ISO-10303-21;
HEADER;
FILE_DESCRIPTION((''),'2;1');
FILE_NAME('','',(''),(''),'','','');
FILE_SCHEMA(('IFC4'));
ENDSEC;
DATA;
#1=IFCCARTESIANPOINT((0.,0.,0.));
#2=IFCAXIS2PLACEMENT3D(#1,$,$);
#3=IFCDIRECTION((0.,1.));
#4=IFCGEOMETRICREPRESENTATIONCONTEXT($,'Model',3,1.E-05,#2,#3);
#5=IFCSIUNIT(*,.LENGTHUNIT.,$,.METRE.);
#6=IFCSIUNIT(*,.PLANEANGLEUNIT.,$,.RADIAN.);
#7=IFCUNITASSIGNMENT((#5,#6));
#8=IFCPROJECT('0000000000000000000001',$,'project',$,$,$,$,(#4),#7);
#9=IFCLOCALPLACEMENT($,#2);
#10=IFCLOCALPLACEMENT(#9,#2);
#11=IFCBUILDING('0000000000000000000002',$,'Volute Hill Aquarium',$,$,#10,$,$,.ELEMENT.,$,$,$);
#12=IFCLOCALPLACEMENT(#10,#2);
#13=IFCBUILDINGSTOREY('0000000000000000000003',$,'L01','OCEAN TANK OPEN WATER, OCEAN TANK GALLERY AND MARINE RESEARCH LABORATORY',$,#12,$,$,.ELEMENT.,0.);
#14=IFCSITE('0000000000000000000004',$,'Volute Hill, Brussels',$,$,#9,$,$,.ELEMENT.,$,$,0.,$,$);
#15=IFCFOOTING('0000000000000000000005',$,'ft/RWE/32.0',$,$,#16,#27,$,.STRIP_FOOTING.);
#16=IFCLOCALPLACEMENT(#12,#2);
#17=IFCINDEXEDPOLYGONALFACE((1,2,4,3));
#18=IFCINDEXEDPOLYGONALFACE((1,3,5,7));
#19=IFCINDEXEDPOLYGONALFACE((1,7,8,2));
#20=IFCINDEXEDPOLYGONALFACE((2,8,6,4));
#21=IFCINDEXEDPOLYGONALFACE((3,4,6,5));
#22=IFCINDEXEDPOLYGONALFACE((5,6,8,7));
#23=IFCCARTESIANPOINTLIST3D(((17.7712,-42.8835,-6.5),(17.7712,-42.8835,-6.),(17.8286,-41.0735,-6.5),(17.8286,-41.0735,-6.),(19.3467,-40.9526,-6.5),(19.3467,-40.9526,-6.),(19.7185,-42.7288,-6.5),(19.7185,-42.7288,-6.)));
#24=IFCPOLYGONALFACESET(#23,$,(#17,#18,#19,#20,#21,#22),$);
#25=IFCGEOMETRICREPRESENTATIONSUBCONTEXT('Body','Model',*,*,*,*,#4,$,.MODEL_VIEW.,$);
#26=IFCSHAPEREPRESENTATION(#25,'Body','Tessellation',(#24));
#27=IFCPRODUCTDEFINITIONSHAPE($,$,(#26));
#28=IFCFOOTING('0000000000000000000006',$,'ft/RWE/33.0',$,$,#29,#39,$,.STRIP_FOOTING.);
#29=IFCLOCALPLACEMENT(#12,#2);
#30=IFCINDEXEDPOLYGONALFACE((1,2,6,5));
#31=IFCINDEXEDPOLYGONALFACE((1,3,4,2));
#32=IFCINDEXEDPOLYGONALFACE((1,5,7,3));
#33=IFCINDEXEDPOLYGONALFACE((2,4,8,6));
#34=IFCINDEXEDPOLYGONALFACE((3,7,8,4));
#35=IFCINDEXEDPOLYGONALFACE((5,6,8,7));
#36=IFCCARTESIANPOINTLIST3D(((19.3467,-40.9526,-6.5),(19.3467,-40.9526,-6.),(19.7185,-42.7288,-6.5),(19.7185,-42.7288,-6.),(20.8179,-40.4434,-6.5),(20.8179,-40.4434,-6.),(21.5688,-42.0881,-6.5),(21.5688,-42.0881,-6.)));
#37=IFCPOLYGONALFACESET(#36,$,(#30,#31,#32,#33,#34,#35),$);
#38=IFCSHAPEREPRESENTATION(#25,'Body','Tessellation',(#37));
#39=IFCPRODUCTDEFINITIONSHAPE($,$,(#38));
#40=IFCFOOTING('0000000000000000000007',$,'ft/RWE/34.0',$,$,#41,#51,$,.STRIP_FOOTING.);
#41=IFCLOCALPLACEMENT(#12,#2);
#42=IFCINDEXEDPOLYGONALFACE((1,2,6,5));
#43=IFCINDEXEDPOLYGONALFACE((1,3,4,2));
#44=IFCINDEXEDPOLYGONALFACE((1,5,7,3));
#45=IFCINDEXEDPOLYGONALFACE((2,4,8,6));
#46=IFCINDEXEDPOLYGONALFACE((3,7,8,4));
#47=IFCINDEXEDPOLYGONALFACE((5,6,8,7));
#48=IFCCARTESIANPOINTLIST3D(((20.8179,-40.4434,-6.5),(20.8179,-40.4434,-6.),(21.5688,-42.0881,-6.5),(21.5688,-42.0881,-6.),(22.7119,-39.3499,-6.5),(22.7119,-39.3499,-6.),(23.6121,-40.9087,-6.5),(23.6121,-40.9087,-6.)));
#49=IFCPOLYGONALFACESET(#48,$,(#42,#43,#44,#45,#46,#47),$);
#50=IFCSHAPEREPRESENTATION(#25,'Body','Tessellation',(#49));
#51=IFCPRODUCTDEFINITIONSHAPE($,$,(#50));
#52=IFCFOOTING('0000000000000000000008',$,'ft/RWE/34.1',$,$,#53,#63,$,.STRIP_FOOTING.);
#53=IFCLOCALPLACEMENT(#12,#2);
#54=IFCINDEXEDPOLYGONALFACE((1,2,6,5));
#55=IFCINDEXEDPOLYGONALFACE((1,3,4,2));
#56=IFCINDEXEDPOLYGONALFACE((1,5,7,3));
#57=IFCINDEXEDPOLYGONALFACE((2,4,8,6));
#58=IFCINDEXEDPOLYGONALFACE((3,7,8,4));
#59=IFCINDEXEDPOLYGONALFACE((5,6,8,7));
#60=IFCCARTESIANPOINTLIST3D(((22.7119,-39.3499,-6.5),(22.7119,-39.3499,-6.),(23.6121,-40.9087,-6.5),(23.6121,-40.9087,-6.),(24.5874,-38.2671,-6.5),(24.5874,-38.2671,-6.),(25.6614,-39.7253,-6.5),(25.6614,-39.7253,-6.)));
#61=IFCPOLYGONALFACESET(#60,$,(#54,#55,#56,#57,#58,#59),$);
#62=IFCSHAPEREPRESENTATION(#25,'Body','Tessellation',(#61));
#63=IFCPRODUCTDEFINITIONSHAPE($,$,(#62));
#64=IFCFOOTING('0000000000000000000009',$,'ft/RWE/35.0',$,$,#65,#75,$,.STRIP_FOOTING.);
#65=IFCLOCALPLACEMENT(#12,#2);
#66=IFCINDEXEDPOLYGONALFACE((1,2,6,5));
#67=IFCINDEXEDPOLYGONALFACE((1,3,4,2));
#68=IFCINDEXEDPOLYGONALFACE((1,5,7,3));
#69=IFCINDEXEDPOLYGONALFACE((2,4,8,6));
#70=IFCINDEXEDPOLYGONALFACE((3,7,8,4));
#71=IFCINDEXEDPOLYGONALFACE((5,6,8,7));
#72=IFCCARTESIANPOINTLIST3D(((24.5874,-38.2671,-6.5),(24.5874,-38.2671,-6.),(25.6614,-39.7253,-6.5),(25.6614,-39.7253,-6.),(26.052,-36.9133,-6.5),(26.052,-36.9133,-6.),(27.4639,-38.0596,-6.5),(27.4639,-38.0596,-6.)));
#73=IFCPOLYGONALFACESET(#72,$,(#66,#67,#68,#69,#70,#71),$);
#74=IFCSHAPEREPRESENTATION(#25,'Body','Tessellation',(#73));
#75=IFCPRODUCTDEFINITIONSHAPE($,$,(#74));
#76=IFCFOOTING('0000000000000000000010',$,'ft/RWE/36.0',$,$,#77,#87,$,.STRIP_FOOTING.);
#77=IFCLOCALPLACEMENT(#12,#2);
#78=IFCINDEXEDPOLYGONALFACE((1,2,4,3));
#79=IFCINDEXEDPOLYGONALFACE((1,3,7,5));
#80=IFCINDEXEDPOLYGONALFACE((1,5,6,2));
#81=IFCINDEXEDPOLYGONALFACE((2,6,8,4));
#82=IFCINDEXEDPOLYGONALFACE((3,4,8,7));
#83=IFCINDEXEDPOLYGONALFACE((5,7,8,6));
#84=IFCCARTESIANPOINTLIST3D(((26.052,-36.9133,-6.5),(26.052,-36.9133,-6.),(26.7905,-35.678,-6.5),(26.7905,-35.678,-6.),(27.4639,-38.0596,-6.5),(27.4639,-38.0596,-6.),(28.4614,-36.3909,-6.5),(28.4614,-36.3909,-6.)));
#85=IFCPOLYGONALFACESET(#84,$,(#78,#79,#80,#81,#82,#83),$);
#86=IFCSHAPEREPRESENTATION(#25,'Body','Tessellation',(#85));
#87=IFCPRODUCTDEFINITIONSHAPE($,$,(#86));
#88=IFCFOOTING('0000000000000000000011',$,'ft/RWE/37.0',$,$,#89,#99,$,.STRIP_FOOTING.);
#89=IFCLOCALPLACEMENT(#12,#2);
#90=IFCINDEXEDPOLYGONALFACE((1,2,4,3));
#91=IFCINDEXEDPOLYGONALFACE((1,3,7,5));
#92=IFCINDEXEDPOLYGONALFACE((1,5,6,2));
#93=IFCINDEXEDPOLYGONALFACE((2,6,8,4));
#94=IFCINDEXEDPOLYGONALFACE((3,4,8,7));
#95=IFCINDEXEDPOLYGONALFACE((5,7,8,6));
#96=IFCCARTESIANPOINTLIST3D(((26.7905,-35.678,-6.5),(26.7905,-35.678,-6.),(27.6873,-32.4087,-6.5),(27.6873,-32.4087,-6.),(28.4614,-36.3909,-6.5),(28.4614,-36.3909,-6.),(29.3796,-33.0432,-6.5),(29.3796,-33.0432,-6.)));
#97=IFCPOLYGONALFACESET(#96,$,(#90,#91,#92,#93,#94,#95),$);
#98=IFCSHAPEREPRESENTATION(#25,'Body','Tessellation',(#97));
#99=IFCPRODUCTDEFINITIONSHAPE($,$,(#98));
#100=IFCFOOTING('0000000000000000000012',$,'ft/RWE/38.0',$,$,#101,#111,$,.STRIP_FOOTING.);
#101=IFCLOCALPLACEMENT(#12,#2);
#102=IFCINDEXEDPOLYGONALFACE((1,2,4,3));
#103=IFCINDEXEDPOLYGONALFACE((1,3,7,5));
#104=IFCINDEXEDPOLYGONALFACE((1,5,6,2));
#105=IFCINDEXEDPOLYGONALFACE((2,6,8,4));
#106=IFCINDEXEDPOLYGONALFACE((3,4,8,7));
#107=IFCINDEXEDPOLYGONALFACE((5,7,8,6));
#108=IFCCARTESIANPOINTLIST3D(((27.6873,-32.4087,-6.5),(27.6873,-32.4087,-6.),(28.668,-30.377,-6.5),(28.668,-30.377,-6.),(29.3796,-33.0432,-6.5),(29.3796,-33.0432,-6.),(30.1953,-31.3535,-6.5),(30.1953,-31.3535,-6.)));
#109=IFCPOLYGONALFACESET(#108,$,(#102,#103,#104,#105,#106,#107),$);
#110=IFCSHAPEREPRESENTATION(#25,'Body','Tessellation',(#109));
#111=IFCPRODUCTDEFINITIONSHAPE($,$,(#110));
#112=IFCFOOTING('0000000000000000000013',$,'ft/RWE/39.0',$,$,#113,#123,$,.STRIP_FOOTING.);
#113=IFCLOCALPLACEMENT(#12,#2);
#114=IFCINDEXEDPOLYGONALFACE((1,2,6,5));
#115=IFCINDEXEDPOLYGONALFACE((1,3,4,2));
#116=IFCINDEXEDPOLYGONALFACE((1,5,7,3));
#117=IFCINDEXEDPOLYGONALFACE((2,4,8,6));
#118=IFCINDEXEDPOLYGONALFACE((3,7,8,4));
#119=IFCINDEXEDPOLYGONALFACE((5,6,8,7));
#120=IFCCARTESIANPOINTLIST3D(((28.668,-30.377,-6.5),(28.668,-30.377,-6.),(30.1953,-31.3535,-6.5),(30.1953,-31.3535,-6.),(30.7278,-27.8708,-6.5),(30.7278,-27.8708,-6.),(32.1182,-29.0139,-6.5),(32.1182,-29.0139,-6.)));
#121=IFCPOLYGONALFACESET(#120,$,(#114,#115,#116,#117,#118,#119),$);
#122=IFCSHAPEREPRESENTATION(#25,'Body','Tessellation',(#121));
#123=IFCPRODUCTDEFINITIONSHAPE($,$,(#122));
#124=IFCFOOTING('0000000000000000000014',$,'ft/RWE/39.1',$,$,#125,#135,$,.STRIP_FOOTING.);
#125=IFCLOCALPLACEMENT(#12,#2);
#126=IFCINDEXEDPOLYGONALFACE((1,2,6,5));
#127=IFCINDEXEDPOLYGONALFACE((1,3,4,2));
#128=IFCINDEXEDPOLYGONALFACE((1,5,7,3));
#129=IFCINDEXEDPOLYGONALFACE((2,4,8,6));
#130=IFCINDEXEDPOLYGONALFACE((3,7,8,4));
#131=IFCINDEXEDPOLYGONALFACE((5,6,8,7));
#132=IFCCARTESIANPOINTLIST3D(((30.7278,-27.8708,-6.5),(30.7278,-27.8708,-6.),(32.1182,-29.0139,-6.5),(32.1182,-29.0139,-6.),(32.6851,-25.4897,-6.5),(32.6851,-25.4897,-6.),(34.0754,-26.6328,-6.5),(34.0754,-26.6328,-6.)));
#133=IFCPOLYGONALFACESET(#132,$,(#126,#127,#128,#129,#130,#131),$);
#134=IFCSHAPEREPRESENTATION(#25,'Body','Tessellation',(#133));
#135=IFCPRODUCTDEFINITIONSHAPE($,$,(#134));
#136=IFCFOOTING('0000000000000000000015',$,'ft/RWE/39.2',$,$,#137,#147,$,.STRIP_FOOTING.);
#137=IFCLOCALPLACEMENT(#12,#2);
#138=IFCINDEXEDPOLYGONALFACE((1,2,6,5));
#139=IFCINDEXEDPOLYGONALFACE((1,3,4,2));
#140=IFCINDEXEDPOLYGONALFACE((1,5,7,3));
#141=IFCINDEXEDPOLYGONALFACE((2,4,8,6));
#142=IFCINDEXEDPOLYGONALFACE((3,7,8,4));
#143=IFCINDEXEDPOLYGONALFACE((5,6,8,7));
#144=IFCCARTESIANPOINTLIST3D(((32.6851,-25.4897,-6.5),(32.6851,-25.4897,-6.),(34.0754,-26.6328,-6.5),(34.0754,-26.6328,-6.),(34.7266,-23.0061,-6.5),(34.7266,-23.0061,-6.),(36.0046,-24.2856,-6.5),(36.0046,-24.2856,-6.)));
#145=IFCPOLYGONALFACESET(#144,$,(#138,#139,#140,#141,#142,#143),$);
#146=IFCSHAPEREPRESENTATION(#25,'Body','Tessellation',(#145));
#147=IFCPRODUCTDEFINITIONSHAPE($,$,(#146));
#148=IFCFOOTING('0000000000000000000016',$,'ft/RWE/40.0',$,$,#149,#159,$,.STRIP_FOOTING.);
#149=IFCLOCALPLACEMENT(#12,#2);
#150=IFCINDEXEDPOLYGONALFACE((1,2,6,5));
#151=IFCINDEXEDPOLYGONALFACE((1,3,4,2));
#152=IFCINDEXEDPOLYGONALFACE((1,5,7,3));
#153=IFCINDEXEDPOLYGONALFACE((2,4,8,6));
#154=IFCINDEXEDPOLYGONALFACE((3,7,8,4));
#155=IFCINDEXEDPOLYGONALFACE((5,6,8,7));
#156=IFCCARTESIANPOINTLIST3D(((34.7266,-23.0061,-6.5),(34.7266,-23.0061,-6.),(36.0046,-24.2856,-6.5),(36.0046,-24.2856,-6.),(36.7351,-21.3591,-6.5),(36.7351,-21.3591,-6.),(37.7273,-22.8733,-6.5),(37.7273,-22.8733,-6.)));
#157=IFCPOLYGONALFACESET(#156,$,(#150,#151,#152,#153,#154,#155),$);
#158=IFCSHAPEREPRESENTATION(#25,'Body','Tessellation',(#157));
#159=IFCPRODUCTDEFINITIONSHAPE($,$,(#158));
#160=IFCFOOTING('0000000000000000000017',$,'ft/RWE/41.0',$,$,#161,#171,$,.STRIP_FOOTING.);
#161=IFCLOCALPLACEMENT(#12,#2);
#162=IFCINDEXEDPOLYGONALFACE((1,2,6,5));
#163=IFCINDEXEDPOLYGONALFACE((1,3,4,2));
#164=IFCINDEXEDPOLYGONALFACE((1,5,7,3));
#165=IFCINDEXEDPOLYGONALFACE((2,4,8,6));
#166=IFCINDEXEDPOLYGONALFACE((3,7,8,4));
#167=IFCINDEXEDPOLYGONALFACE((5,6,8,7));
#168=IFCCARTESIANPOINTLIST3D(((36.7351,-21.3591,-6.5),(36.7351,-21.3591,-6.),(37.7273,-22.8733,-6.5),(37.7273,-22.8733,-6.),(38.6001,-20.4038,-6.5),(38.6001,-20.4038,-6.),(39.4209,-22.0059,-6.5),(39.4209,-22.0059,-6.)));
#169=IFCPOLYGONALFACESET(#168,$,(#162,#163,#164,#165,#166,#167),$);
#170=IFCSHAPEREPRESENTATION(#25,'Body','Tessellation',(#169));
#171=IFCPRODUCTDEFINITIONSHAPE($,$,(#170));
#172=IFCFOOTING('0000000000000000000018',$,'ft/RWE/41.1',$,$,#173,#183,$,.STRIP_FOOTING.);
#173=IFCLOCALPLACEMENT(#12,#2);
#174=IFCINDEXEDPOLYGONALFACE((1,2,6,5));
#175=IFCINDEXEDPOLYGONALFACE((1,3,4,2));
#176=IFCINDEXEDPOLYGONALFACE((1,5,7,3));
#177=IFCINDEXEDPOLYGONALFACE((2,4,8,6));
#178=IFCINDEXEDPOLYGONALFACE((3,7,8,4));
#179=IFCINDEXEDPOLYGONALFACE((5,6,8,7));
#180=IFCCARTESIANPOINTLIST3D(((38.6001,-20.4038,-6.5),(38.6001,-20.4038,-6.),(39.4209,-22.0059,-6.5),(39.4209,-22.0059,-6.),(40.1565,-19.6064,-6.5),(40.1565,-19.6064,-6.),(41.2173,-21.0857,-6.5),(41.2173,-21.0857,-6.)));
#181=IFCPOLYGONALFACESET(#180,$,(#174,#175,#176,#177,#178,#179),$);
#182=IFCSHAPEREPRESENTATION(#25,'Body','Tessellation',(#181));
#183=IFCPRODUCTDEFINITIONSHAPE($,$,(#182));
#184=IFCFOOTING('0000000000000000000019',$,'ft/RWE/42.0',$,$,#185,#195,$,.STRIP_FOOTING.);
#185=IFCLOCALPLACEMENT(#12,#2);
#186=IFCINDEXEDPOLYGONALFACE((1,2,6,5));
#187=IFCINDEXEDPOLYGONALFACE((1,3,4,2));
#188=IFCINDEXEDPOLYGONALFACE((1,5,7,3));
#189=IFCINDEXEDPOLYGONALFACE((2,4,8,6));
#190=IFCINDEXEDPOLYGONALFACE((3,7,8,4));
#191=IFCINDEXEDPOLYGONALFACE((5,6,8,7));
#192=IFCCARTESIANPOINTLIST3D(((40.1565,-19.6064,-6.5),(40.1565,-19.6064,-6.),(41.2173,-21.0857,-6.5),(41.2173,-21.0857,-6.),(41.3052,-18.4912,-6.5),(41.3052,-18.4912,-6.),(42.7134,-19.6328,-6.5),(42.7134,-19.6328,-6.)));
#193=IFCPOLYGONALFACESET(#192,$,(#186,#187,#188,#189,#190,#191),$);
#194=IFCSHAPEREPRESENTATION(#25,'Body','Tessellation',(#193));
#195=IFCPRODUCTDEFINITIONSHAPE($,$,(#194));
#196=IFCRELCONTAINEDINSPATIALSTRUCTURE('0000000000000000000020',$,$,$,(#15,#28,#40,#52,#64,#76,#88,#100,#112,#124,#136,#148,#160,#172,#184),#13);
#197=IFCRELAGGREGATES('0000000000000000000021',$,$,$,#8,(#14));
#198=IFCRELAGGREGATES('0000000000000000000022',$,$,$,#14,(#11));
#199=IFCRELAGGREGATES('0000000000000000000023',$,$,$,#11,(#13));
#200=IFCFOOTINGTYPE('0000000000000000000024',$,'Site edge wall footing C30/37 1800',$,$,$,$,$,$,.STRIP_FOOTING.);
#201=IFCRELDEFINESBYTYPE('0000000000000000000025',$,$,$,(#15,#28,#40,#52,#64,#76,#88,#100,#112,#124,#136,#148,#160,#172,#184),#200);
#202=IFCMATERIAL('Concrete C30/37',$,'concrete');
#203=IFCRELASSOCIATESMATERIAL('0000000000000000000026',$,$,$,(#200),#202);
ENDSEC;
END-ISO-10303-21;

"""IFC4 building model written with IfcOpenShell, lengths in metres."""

from ifc_helpers import new_model, si_unit, direction, frame, origin, place, context, subcontext, project, spatial, polyline, outline, extrude, material, type_object, element, save


model = new_model("IFC4")

# Units and contexts
model_context = context("Model", 3, precision=1e-05, world=origin(), true_north=direction((0.0, 1.0)))
body_context = subcontext(model_context, "Body", "Model", "MODEL_VIEW")
ifc_project = project(units=[si_unit("LENGTHUNIT", "METRE"), si_unit("PLANEANGLEUNIT", "RADIAN")], contexts=[model_context])

# Site, building, storey
site_placement = place(None, origin())
site = spatial("IfcSite", under=ifc_project, at=site_placement, Name="Volute Hill, Brussels", CompositionType="ELEMENT", RefElevation=0.0)
building_placement = place(site_placement, origin())
building = spatial("IfcBuilding", under=site, at=building_placement, Name="Volute Hill Aquarium", CompositionType="ELEMENT")
storey_placement = place(building_placement, origin())
storey = spatial("IfcBuildingStorey", under=building, at=storey_placement, Name="L01", Description="OCEAN TANK OPEN WATER, OCEAN TANK GALLERY AND MARINE RESEARCH LABORATORY", CompositionType="ELEMENT", Elevation=0.0)

# Footings
ifc_material = material(Name="Concrete C30/37", Category="concrete")
footing_type = type_object("IfcFootingType", Name="Site edge wall footing C30/37 1800", PredefinedType="STRIP_FOOTING", material=ifc_material)
footing_1_placement = place(storey_placement, frame((0.0, 0.0, -6.5)))
element("IfcFooting", 1, at=footing_1_placement, inside=storey, type_object=footing_type, Name="ft/RWE/32.0", PredefinedType="STRIP_FOOTING", context=body_context, shape_type="SweptSolid", body=[
    extrude(outline(polyline([(19.7185, -42.7288), (19.7185, -42.7288), (19.3467, -40.9526), (19.3467, -40.9526), (17.8286, -41.0735), (17.8286, -41.0735), (17.7712, -42.8835), (19.7185, -42.7288)])), origin(), (0.0, 0.0, 1.0), 0.5),
])
footing_2_placement = place(storey_placement, frame((0.0, 0.0, -6.5)))
element("IfcFooting", 2, at=footing_2_placement, inside=storey, type_object=footing_type, Name="ft/RWE/33.0", PredefinedType="STRIP_FOOTING", context=body_context, shape_type="SweptSolid", body=[
    extrude(outline(polyline([(19.7185, -42.7288), (21.5688, -42.0881), (20.8179, -40.4434), (19.3467, -40.9526), (19.7185, -42.7288)])), origin(), (0.0, 0.0, 1.0), 0.5),
])
footing_3_placement = place(storey_placement, frame((0.0, 0.0, -6.5)))
element("IfcFooting", 3, at=footing_3_placement, inside=storey, type_object=footing_type, Name="ft/RWE/34.0", PredefinedType="STRIP_FOOTING", context=body_context, shape_type="SweptSolid", body=[
    extrude(outline(polyline([(21.5688, -42.0881), (23.6121, -40.9087), (22.7119, -39.3499), (20.8179, -40.4434), (20.8179, -40.4434), (21.5688, -42.0881), (21.5688, -42.0881)])), origin(), (0.0, 0.0, 1.0), 0.5),
])
footing_4_placement = place(storey_placement, frame((0.0, 0.0, -6.5)))
element("IfcFooting", 4, at=footing_4_placement, inside=storey, type_object=footing_type, Name="ft/RWE/34.1", PredefinedType="STRIP_FOOTING", context=body_context, shape_type="SweptSolid", body=[
    extrude(outline(polyline([(25.6614, -39.7253), (25.6614, -39.7253), (24.5874, -38.2671), (22.7119, -39.3499), (23.6121, -40.9087), (25.6614, -39.7253)])), origin(), (0.0, 0.0, 1.0), 0.5),
])
footing_5_placement = place(storey_placement, frame((0.0, 0.0, -6.5)))
element("IfcFooting", 5, at=footing_5_placement, inside=storey, type_object=footing_type, Name="ft/RWE/35.0", PredefinedType="STRIP_FOOTING", context=body_context, shape_type="SweptSolid", body=[
    extrude(outline(polyline([(25.6614, -39.7253), (27.4639, -38.0596), (26.052, -36.9133), (24.5874, -38.2671), (25.6614, -39.7253)])), origin(), (0.0, 0.0, 1.0), 0.5),
])
footing_6_placement = place(storey_placement, frame((0.0, 0.0, -6.5)))
element("IfcFooting", 6, at=footing_6_placement, inside=storey, type_object=footing_type, Name="ft/RWE/36.0", PredefinedType="STRIP_FOOTING", context=body_context, shape_type="SweptSolid", body=[
    extrude(outline(polyline([(28.4614, -36.3909), (28.4614, -36.3909), (26.7905, -35.678), (26.7905, -35.678), (26.052, -36.9133), (26.052, -36.9133), (27.4639, -38.0596), (27.4639, -38.0596), (28.4614, -36.3909)])), origin(), (0.0, 0.0, 1.0), 0.5),
])
footing_7_placement = place(storey_placement, frame((0.0, 0.0, -6.5)))
element("IfcFooting", 7, at=footing_7_placement, inside=storey, type_object=footing_type, Name="ft/RWE/37.0", PredefinedType="STRIP_FOOTING", context=body_context, shape_type="SweptSolid", body=[
    extrude(outline(polyline([(29.3796, -33.0432), (29.3796, -33.0432), (27.6873, -32.4087), (27.6873, -32.4087), (26.7905, -35.678), (28.4614, -36.3909), (29.3796, -33.0432)])), origin(), (0.0, 0.0, 1.0), 0.5),
])
footing_8_placement = place(storey_placement, frame((0.0, 0.0, -6.5)))
element("IfcFooting", 8, at=footing_8_placement, inside=storey, type_object=footing_type, Name="ft/RWE/38.0", PredefinedType="STRIP_FOOTING", context=body_context, shape_type="SweptSolid", body=[
    extrude(outline(polyline([(29.3796, -33.0432), (30.1953, -31.3535), (28.668, -30.377), (27.6873, -32.4087), (29.3796, -33.0432)])), origin(), (0.0, 0.0, 1.0), 0.5),
])
footing_9_placement = place(storey_placement, frame((0.0, 0.0, -6.5)))
element("IfcFooting", 9, at=footing_9_placement, inside=storey, type_object=footing_type, Name="ft/RWE/39.0", PredefinedType="STRIP_FOOTING", context=body_context, shape_type="SweptSolid", body=[
    extrude(outline(polyline([(30.1953, -31.3535), (32.1182, -29.0139), (30.7278, -27.8708), (28.668, -30.377), (28.668, -30.377), (30.1953, -31.3535), (30.1953, -31.3535)])), origin(), (0.0, 0.0, 1.0), 0.5),
])
footing_10_placement = place(storey_placement, frame((0.0, 0.0, -6.5)))
element("IfcFooting", 10, at=footing_10_placement, inside=storey, type_object=footing_type, Name="ft/RWE/39.1", PredefinedType="STRIP_FOOTING", context=body_context, shape_type="SweptSolid", body=[
    extrude(outline(polyline([(32.1182, -29.0139), (34.0754, -26.6328), (32.6851, -25.4897), (30.7278, -27.8708), (32.1182, -29.0139)])), origin(), (0.0, 0.0, 1.0), 0.5),
])
footing_11_placement = place(storey_placement, frame((0.0, 0.0, -6.5)))
element("IfcFooting", 11, at=footing_11_placement, inside=storey, type_object=footing_type, Name="ft/RWE/39.2", PredefinedType="STRIP_FOOTING", context=body_context, shape_type="SweptSolid", body=[
    extrude(outline(polyline([(34.0754, -26.6328), (36.0046, -24.2856), (34.7266, -23.0061), (32.6851, -25.4897), (34.0754, -26.6328)])), origin(), (0.0, 0.0, 1.0), 0.5),
])
footing_12_placement = place(storey_placement, frame((0.0, 0.0, -6.5)))
element("IfcFooting", 12, at=footing_12_placement, inside=storey, type_object=footing_type, Name="ft/RWE/40.0", PredefinedType="STRIP_FOOTING", context=body_context, shape_type="SweptSolid", body=[
    extrude(outline(polyline([(36.0046, -24.2856), (37.7273, -22.8733), (36.7351, -21.3591), (36.7351, -21.3591), (34.7266, -23.0061), (34.7266, -23.0061), (36.0046, -24.2856), (36.0046, -24.2856)])), origin(), (0.0, 0.0, 1.0), 0.5),
])
footing_13_placement = place(storey_placement, frame((0.0, 0.0, -6.5)))
element("IfcFooting", 13, at=footing_13_placement, inside=storey, type_object=footing_type, Name="ft/RWE/41.0", PredefinedType="STRIP_FOOTING", context=body_context, shape_type="SweptSolid", body=[
    extrude(outline(polyline([(37.7273, -22.8733), (39.4209, -22.0059), (38.6001, -20.4038), (36.7351, -21.3591), (37.7273, -22.8733)])), origin(), (0.0, 0.0, 1.0), 0.5),
])
footing_14_placement = place(storey_placement, frame((0.0, 0.0, -6.5)))
element("IfcFooting", 14, at=footing_14_placement, inside=storey, type_object=footing_type, Name="ft/RWE/41.1", PredefinedType="STRIP_FOOTING", context=body_context, shape_type="SweptSolid", body=[
    extrude(outline(polyline([(41.2173, -21.0857), (41.2173, -21.0857), (40.1565, -19.6064), (40.1565, -19.6064), (38.6001, -20.4038), (39.4209, -22.0059), (41.2173, -21.0857)])), origin(), (0.0, 0.0, 1.0), 0.5),
])
footing_15_placement = place(storey_placement, frame((0.0, 0.0, -6.5)))
element("IfcFooting", 15, at=footing_15_placement, inside=storey, type_object=footing_type, Name="ft/RWE/42.0", PredefinedType="STRIP_FOOTING", context=body_context, shape_type="SweptSolid", body=[
    extrude(outline(polyline([(41.2173, -21.0857), (42.7134, -19.6328), (41.3052, -18.4912), (40.1565, -19.6064), (41.2173, -21.0857)])), origin(), (0.0, 0.0, 1.0), 0.5),
])

save(model, "model.ifc")
